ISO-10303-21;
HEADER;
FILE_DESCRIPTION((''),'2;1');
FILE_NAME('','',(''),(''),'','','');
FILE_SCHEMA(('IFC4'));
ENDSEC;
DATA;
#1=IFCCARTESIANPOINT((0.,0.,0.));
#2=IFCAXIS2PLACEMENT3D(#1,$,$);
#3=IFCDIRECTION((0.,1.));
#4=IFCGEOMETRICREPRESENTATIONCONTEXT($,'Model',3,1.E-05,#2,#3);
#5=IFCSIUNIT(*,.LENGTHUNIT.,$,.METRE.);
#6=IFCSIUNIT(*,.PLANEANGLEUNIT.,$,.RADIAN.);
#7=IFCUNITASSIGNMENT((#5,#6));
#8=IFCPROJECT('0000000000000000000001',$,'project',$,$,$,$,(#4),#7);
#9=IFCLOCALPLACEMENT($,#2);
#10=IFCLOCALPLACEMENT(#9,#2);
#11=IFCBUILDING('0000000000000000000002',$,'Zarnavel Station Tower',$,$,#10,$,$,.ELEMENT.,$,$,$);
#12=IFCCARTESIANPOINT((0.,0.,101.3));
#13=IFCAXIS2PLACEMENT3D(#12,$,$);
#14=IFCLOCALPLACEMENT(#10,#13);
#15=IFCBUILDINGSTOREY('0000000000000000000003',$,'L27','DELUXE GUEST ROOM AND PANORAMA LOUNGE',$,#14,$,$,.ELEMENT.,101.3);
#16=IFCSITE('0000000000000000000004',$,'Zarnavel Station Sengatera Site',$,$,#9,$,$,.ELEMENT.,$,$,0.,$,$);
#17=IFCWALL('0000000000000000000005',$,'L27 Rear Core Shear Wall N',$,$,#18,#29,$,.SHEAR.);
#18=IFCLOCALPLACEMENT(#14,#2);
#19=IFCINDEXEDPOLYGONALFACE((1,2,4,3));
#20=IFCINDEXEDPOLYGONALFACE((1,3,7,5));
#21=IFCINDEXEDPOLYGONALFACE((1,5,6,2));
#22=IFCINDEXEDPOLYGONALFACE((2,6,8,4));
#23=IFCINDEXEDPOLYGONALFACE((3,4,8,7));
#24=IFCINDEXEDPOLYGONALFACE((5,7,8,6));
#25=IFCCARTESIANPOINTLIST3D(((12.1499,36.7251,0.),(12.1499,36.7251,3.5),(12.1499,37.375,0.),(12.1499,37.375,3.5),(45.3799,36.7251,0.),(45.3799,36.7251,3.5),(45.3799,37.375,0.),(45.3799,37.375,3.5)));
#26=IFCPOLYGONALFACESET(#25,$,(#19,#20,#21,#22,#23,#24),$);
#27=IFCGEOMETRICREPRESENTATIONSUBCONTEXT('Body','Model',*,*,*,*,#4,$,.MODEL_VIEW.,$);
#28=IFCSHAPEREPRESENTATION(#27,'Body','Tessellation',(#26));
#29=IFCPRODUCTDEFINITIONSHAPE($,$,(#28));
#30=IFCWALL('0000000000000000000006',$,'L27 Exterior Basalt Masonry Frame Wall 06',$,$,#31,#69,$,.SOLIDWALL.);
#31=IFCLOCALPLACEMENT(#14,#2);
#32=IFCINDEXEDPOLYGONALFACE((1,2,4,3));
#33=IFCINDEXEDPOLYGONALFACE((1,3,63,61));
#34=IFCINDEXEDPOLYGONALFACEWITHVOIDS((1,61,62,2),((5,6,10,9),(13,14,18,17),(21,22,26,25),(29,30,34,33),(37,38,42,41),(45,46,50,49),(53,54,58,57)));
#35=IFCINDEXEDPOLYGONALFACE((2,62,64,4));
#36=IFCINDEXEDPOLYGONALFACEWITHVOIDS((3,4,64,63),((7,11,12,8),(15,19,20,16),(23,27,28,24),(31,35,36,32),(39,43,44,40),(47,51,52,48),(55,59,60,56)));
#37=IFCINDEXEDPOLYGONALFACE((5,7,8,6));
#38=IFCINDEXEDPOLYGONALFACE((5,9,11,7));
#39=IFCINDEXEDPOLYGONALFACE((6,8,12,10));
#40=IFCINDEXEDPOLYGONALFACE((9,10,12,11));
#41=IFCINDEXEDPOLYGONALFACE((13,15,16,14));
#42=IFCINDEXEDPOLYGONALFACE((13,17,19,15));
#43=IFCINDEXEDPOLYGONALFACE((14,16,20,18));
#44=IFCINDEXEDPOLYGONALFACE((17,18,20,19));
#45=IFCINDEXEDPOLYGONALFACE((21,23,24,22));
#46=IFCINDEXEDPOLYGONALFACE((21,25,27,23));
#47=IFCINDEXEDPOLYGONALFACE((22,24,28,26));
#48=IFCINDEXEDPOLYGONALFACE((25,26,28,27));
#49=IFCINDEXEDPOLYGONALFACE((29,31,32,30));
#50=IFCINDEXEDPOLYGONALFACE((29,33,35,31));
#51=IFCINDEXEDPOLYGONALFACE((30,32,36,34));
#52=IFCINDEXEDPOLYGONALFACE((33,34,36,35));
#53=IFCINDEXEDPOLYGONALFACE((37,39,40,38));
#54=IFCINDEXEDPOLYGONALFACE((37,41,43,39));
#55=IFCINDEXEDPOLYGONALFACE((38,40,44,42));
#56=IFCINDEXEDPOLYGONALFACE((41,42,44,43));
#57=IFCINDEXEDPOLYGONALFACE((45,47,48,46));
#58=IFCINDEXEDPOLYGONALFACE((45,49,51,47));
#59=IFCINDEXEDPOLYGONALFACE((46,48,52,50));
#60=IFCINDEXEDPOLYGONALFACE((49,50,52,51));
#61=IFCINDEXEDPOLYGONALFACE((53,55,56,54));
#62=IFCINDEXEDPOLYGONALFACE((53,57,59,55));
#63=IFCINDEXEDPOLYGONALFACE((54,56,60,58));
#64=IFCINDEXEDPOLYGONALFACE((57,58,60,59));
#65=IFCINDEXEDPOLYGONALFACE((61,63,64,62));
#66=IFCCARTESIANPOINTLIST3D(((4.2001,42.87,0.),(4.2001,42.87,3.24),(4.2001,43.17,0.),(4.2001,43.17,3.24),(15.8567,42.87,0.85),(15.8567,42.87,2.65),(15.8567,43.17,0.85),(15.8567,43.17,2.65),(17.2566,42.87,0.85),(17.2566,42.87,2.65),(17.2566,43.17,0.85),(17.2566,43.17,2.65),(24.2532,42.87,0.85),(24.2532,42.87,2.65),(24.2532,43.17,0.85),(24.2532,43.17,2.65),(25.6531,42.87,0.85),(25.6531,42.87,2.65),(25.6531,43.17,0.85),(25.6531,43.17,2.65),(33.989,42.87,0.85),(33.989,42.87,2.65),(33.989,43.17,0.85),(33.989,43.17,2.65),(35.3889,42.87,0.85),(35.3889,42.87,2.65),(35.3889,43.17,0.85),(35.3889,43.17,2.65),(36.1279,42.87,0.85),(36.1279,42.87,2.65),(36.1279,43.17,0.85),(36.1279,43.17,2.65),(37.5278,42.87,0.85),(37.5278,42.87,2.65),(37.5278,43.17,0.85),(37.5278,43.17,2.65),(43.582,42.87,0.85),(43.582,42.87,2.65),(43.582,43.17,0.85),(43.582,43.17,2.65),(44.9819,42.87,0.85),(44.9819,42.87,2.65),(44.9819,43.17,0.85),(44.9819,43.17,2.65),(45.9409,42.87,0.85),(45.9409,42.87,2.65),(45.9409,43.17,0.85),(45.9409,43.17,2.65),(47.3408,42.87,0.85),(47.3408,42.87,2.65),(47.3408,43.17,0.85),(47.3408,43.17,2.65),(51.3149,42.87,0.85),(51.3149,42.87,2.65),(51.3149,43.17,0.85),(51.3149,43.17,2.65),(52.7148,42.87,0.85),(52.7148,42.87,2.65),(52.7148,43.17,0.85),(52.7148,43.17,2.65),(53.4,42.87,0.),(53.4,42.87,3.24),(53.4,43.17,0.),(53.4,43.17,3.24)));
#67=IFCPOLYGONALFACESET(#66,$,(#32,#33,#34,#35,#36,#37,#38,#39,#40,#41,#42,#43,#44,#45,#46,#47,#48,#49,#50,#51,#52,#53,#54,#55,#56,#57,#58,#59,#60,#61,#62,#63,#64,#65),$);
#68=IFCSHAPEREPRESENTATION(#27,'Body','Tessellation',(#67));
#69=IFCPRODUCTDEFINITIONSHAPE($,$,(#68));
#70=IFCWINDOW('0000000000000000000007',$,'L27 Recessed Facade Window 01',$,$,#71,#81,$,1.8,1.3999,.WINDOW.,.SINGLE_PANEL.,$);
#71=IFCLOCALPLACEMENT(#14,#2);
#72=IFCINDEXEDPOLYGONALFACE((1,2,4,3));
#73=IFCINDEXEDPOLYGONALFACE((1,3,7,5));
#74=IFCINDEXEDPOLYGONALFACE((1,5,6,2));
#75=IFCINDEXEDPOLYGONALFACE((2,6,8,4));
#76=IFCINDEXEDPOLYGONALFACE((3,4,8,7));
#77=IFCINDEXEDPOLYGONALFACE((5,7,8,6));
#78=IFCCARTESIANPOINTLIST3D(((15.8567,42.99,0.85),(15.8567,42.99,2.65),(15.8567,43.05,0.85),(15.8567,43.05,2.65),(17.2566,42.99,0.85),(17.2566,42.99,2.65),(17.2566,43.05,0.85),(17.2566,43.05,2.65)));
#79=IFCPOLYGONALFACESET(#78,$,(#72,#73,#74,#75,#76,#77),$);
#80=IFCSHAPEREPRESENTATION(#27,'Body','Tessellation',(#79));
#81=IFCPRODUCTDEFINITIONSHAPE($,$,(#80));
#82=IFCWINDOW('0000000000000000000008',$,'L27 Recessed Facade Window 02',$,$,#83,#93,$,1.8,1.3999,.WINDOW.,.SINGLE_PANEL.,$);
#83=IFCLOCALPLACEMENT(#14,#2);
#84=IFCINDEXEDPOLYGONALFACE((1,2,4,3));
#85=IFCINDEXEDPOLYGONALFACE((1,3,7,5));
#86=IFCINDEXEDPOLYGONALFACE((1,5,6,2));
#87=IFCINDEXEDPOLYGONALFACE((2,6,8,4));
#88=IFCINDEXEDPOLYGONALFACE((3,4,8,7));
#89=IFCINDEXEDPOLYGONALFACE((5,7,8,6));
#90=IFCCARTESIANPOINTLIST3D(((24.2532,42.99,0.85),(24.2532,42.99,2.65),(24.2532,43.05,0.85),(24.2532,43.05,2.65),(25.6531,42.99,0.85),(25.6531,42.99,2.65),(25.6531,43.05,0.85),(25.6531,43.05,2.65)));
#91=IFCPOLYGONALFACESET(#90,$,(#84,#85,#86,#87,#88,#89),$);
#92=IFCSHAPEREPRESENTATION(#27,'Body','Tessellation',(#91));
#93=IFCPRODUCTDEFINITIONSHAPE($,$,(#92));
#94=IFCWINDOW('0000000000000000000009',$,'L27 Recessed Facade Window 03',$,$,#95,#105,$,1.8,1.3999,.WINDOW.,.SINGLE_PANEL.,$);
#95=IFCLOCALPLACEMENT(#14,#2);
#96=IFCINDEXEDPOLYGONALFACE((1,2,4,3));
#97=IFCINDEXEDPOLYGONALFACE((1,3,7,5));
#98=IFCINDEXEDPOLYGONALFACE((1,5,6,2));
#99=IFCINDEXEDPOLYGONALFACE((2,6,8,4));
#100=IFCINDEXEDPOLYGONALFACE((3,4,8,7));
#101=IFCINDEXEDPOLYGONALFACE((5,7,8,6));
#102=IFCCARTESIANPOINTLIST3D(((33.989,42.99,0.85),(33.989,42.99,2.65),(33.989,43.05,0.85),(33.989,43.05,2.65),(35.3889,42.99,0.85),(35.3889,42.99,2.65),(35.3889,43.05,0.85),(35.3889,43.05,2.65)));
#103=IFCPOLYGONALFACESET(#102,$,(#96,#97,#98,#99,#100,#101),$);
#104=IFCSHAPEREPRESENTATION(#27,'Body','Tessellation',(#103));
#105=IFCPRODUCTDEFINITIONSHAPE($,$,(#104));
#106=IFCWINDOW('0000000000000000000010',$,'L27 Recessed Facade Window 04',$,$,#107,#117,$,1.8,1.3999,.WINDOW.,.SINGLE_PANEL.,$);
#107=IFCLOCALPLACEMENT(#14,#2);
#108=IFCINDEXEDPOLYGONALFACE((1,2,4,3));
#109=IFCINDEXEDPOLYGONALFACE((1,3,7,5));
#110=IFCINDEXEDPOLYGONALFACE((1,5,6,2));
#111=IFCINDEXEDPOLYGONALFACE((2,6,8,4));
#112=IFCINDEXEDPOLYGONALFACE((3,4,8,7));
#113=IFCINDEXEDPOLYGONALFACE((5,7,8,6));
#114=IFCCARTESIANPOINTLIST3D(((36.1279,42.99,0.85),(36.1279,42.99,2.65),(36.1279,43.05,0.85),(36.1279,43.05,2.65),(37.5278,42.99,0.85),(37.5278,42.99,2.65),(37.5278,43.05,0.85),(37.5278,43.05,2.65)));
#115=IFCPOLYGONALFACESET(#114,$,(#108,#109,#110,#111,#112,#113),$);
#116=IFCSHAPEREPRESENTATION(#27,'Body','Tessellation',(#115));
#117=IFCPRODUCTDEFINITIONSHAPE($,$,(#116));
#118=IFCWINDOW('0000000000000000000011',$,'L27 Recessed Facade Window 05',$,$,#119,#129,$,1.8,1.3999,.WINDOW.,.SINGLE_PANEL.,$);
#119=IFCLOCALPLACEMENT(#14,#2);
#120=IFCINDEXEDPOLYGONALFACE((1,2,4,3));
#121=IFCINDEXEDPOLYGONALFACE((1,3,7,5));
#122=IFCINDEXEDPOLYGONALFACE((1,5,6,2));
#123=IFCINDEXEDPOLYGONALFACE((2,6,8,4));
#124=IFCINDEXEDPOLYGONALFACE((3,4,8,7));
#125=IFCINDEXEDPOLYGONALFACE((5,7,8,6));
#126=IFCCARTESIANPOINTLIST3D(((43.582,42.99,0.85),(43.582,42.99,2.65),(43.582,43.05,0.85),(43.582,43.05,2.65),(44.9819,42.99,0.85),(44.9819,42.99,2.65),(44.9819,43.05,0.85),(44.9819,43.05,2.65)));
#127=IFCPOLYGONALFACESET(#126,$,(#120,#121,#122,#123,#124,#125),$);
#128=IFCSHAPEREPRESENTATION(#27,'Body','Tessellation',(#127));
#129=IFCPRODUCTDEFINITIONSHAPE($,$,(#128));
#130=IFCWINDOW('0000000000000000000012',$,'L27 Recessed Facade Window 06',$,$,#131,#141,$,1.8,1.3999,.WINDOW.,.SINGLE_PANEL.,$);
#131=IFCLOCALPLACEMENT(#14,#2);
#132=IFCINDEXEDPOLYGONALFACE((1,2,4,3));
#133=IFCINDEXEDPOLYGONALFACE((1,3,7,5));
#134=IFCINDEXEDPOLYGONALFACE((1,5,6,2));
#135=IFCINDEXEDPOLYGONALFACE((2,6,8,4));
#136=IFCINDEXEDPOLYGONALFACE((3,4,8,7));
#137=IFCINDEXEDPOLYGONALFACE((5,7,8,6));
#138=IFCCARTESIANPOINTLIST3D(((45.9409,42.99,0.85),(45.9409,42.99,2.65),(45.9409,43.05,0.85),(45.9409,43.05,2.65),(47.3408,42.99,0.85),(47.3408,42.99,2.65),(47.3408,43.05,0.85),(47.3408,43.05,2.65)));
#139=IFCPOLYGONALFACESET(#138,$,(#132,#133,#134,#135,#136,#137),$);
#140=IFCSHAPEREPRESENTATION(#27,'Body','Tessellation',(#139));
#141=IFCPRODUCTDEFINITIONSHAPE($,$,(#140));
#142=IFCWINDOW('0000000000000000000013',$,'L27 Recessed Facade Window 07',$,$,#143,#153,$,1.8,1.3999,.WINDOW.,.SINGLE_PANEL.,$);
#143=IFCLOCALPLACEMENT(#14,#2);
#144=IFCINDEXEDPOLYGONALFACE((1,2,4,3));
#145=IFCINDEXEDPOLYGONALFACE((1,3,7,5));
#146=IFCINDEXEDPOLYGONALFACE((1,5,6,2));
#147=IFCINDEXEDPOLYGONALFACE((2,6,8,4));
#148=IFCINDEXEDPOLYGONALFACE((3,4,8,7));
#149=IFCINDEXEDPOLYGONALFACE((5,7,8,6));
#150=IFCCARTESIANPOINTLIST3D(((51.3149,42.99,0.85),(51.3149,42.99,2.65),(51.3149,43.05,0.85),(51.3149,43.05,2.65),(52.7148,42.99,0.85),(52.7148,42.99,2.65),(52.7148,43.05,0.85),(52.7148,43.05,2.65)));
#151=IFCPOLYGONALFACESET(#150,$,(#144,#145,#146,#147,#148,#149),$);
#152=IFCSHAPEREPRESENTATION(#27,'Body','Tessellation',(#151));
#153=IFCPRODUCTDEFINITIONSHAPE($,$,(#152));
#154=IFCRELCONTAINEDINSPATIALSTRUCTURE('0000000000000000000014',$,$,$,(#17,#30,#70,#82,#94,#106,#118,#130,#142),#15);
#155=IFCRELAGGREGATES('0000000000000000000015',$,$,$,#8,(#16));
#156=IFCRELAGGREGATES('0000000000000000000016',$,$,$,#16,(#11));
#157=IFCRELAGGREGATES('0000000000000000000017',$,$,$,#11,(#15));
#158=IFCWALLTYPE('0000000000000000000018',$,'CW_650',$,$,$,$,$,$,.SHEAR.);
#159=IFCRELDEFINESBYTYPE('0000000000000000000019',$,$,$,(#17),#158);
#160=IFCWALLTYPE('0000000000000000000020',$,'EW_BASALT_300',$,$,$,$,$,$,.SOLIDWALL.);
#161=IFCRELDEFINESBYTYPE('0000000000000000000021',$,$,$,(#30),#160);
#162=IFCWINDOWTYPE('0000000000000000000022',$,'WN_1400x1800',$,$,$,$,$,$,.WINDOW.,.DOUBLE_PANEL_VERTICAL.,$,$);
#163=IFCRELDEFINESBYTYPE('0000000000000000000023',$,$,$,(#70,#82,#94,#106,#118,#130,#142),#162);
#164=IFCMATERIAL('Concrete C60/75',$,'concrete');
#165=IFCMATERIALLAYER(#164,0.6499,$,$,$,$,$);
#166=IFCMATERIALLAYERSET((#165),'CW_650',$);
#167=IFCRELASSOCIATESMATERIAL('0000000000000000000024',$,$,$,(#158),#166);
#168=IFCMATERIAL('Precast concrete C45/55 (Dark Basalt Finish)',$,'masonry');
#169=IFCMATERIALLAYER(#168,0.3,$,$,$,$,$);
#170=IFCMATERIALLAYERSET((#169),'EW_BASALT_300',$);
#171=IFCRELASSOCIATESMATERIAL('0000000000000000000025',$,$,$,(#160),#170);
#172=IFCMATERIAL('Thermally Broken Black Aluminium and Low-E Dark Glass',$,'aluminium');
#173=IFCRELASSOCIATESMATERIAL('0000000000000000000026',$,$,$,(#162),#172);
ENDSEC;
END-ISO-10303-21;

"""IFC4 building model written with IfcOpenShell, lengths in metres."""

from ifc_helpers import new_model, si_unit, direction, frame, frame_2d, origin, place, context, subcontext, project, spatial, rectangle, extrude, material, layer, layer_set, type_object, element, fill, save


model = new_model("IFC4")

# Units and contexts
model_context = context("Model", 3, precision=1e-05, world=origin(), true_north=direction((0.0, 1.0)))
body_context = subcontext(model_context, "Body", "Model", "MODEL_VIEW")
ifc_project = project(units=[si_unit("LENGTHUNIT", "METRE"), si_unit("PLANEANGLEUNIT", "RADIAN")], contexts=[model_context])

# Site, building, storey
site_placement = place(None, origin())
site = spatial("IfcSite", under=ifc_project, at=site_placement, Name="Zarnavel Station Sengatera Site", CompositionType="ELEMENT", RefElevation=0.0)
building_placement = place(site_placement, origin())
building = spatial("IfcBuilding", under=site, at=building_placement, Name="Zarnavel Station Tower", CompositionType="ELEMENT")
storey_placement = place(building_placement, frame((0.0, 0.0, 101.3)))
storey = spatial("IfcBuildingStorey", under=building, at=storey_placement, Name="L27", Description="DELUXE GUEST ROOM AND PANORAMA LOUNGE", CompositionType="ELEMENT", Elevation=101.3)

# Wall
ifc_material_1 = material(Name="Concrete C60/75", Category="concrete")
ifc_layer_1 = layer(ifc_material_1, 0.6499)
ifc_layer_set_1 = layer_set([ifc_layer_1], Name="CW_650")
wall_type_1 = type_object("IfcWallType", Name="CW_650", PredefinedType="SHEAR", material=ifc_layer_set_1)
wall_1_placement = place(storey_placement, frame((12.1499, 37.05, 0.0), z_axis=(0.0, 0.0, 1.0), x_axis=(1.0, 0.0, 0.0)))
element("IfcWall", 1, at=wall_1_placement, inside=storey, type_object=wall_type_1, Name="L27 Rear Core Shear Wall N", PredefinedType="SHEAR", context=body_context, shape_type="SweptSolid", body=[
    extrude(rectangle(XDim=33.23, YDim=0.6499, at=frame_2d((16.615, 0.0))), origin(), (0.0, 0.0, 1.0), 3.5),
])

# Wall, openings, windows
ifc_material_2 = material(Name="Precast concrete C45/55 (Dark Basalt Finish)", Category="masonry")
ifc_layer_2 = layer(ifc_material_2, 0.3)
ifc_layer_set_2 = layer_set([ifc_layer_2], Name="EW_BASALT_300")
wall_type_2 = type_object("IfcWallType", Name="EW_BASALT_300", PredefinedType="SOLIDWALL", material=ifc_layer_set_2)
wall_2_placement = place(storey_placement, frame((4.2, 43.02, 0.0), z_axis=(0.0, 0.0, 1.0), x_axis=(1.0, 0.0, 0.0)))
wall_2 = element("IfcWall", 2, at=wall_2_placement, inside=storey, type_object=wall_type_2, Name="L27 Exterior Basalt Masonry Frame Wall 06", PredefinedType="SOLIDWALL", context=body_context, shape_type="SweptSolid", body=[
    extrude(rectangle(XDim=49.2, YDim=0.3, at=frame_2d((24.6001, 0.0))), origin(), (0.0, 0.0, 1.0), 3.24),
])
opening_1_placement = place(wall_2_placement, frame((11.6567, 0.0, 0.8501)))
opening_1 = element("IfcOpeningElement", 3, at=opening_1_placement, cuts=wall_2, PredefinedType="OPENING", context=body_context, shape_type="SweptSolid", body=[
    extrude(rectangle(XDim=1.3999, YDim=1.8, at=frame_2d((0.7, 0.8999))), frame((0.0, 0.1599, 0.0), z_axis=(0.0, -1.0, 0.0), x_axis=(1.0, 0.0, 0.0)), (0.0, 0.0, 1.0), 0.3201),
])
opening_2_placement = place(wall_2_placement, frame((20.0532, 0.0, 0.8501)))
opening_2 = element("IfcOpeningElement", 4, at=opening_2_placement, cuts=wall_2, PredefinedType="OPENING", context=body_context, shape_type="SweptSolid", body=[
    extrude(rectangle(XDim=1.3999, YDim=1.8, at=frame_2d((0.7, 0.8999))), frame((0.0, 0.1599, 0.0), z_axis=(0.0, -1.0, 0.0), x_axis=(1.0, 0.0, 0.0)), (0.0, 0.0, 1.0), 0.3201),
])
opening_3_placement = place(wall_2_placement, frame((29.7891, 0.0, 0.8501)))
opening_3 = element("IfcOpeningElement", 5, at=opening_3_placement, cuts=wall_2, PredefinedType="OPENING", context=body_context, shape_type="SweptSolid", body=[
    extrude(rectangle(XDim=1.3999, YDim=1.8, at=frame_2d((0.7, 0.8999))), frame((0.0, 0.1599, 0.0), z_axis=(0.0, -1.0, 0.0), x_axis=(1.0, 0.0, 0.0)), (0.0, 0.0, 1.0), 0.3201),
])
opening_4_placement = place(wall_2_placement, frame((31.928, 0.0, 0.8501)))
opening_4 = element("IfcOpeningElement", 6, at=opening_4_placement, cuts=wall_2, PredefinedType="OPENING", context=body_context, shape_type="SweptSolid", body=[
    extrude(rectangle(XDim=1.3999, YDim=1.8, at=frame_2d((0.7, 0.8999))), frame((0.0, 0.1599, 0.0), z_axis=(0.0, -1.0, 0.0), x_axis=(1.0, 0.0, 0.0)), (0.0, 0.0, 1.0), 0.3201),
])
opening_5_placement = place(wall_2_placement, frame((39.3821, 0.0, 0.8501)))
opening_5 = element("IfcOpeningElement", 7, at=opening_5_placement, cuts=wall_2, PredefinedType="OPENING", context=body_context, shape_type="SweptSolid", body=[
    extrude(rectangle(XDim=1.3999, YDim=1.8, at=frame_2d((0.7, 0.8999))), frame((0.0, 0.1599, 0.0), z_axis=(0.0, -1.0, 0.0), x_axis=(1.0, 0.0, 0.0)), (0.0, 0.0, 1.0), 0.3201),
])
opening_6_placement = place(wall_2_placement, frame((41.741, 0.0, 0.8501)))
opening_6 = element("IfcOpeningElement", 8, at=opening_6_placement, cuts=wall_2, PredefinedType="OPENING", context=body_context, shape_type="SweptSolid", body=[
    extrude(rectangle(XDim=1.3999, YDim=1.8, at=frame_2d((0.7, 0.8999))), frame((0.0, 0.1599, 0.0), z_axis=(0.0, -1.0, 0.0), x_axis=(1.0, 0.0, 0.0)), (0.0, 0.0, 1.0), 0.3201),
])
opening_7_placement = place(wall_2_placement, frame((47.115, 0.0, 0.8501)))
opening_7 = element("IfcOpeningElement", 9, at=opening_7_placement, cuts=wall_2, PredefinedType="OPENING", context=body_context, shape_type="SweptSolid", body=[
    extrude(rectangle(XDim=1.3999, YDim=1.8, at=frame_2d((0.7, 0.8999))), frame((0.0, 0.1599, 0.0), z_axis=(0.0, -1.0, 0.0), x_axis=(1.0, 0.0, 0.0)), (0.0, 0.0, 1.0), 0.3201),
])
ifc_material_3 = material(Name="Thermally Broken Black Aluminium and Low-E Dark Glass", Category="aluminium")
window_type = type_object("IfcWindowType", Name="WN_1400x1800", PartitioningType="DOUBLE_PANEL_VERTICAL", PredefinedType="WINDOW", material=ifc_material_3)
window_1_placement = place(opening_1_placement, origin())
window_1 = element("IfcWindow", 10, at=window_1_placement, inside=storey, type_object=window_type, Name="L27 Recessed Facade Window 01", OverallHeight=1.8, OverallWidth=1.3999, PartitioningType="SINGLE_PANEL", PredefinedType="WINDOW", context=body_context, shape_type="SweptSolid", body=[
    extrude(rectangle(XDim=1.3999, YDim=1.8, at=frame_2d((0.7, 0.8999))), frame((0.0, 0.03, 0.0), z_axis=(0.0, -1.0, 0.0), x_axis=(1.0, 0.0, 0.0)), (0.0, 0.0, 1.0), 0.0601),
])
fill(opening_1, window_1)
window_2_placement = place(opening_2_placement, origin())
window_2 = element("IfcWindow", 11, at=window_2_placement, inside=storey, type_object=window_type, Name="L27 Recessed Facade Window 02", OverallHeight=1.8, OverallWidth=1.3999, PartitioningType="SINGLE_PANEL", PredefinedType="WINDOW", context=body_context, shape_type="SweptSolid", body=[
    extrude(rectangle(XDim=1.3999, YDim=1.8, at=frame_2d((0.7, 0.8999))), frame((0.0, 0.03, 0.0), z_axis=(0.0, -1.0, 0.0), x_axis=(1.0, 0.0, 0.0)), (0.0, 0.0, 1.0), 0.0601),
])
fill(opening_2, window_2)
window_3_placement = place(opening_3_placement, origin())
window_3 = element("IfcWindow", 12, at=window_3_placement, inside=storey, type_object=window_type, Name="L27 Recessed Facade Window 03", OverallHeight=1.8, OverallWidth=1.3999, PartitioningType="SINGLE_PANEL", PredefinedType="WINDOW", context=body_context, shape_type="SweptSolid", body=[
    extrude(rectangle(XDim=1.3999, YDim=1.8, at=frame_2d((0.7, 0.8999))), frame((0.0, 0.03, 0.0), z_axis=(0.0, -1.0, 0.0), x_axis=(1.0, 0.0, 0.0)), (0.0, 0.0, 1.0), 0.0601),
])
fill(opening_3, window_3)
window_4_placement = place(opening_4_placement, origin())
window_4 = element("IfcWindow", 13, at=window_4_placement, inside=storey, type_object=window_type, Name="L27 Recessed Facade Window 04", OverallHeight=1.8, OverallWidth=1.3999, PartitioningType="SINGLE_PANEL", PredefinedType="WINDOW", context=body_context, shape_type="SweptSolid", body=[
    extrude(rectangle(XDim=1.3999, YDim=1.8, at=frame_2d((0.7, 0.8999))), frame((0.0, 0.03, 0.0), z_axis=(0.0, -1.0, 0.0), x_axis=(1.0, 0.0, 0.0)), (0.0, 0.0, 1.0), 0.0601),
])
fill(opening_4, window_4)
window_5_placement = place(opening_5_placement, origin())
window_5 = element("IfcWindow", 14, at=window_5_placement, inside=storey, type_object=window_type, Name="L27 Recessed Facade Window 05", OverallHeight=1.8, OverallWidth=1.3999, PartitioningType="SINGLE_PANEL", PredefinedType="WINDOW", context=body_context, shape_type="SweptSolid", body=[
    extrude(rectangle(XDim=1.3999, YDim=1.8, at=frame_2d((0.7, 0.8999))), frame((0.0, 0.03, 0.0), z_axis=(0.0, -1.0, 0.0), x_axis=(1.0, 0.0, 0.0)), (0.0, 0.0, 1.0), 0.0601),
])
fill(opening_5, window_5)
window_6_placement = place(opening_6_placement, origin())
window_6 = element("IfcWindow", 15, at=window_6_placement, inside=storey, type_object=window_type, Name="L27 Recessed Facade Window 06", OverallHeight=1.8, OverallWidth=1.3999, PartitioningType="SINGLE_PANEL", PredefinedType="WINDOW", context=body_context, shape_type="SweptSolid", body=[
    extrude(rectangle(XDim=1.3999, YDim=1.8, at=frame_2d((0.7, 0.8999))), frame((0.0, 0.03, 0.0), z_axis=(0.0, -1.0, 0.0), x_axis=(1.0, 0.0, 0.0)), (0.0, 0.0, 1.0), 0.0601),
])
fill(opening_6, window_6)
window_7_placement = place(opening_7_placement, origin())
window_7 = element("IfcWindow", 16, at=window_7_placement, inside=storey, type_object=window_type, Name="L27 Recessed Facade Window 07", OverallHeight=1.8, OverallWidth=1.3999, PartitioningType="SINGLE_PANEL", PredefinedType="WINDOW", context=body_context, shape_type="SweptSolid", body=[
    extrude(rectangle(XDim=1.3999, YDim=1.8, at=frame_2d((0.7, 0.8999))), frame((0.0, 0.03, 0.0), z_axis=(0.0, -1.0, 0.0), x_axis=(1.0, 0.0, 0.0)), (0.0, 0.0, 1.0), 0.0601),
])
fill(opening_7, window_7)

save(model, "model.ifc")
